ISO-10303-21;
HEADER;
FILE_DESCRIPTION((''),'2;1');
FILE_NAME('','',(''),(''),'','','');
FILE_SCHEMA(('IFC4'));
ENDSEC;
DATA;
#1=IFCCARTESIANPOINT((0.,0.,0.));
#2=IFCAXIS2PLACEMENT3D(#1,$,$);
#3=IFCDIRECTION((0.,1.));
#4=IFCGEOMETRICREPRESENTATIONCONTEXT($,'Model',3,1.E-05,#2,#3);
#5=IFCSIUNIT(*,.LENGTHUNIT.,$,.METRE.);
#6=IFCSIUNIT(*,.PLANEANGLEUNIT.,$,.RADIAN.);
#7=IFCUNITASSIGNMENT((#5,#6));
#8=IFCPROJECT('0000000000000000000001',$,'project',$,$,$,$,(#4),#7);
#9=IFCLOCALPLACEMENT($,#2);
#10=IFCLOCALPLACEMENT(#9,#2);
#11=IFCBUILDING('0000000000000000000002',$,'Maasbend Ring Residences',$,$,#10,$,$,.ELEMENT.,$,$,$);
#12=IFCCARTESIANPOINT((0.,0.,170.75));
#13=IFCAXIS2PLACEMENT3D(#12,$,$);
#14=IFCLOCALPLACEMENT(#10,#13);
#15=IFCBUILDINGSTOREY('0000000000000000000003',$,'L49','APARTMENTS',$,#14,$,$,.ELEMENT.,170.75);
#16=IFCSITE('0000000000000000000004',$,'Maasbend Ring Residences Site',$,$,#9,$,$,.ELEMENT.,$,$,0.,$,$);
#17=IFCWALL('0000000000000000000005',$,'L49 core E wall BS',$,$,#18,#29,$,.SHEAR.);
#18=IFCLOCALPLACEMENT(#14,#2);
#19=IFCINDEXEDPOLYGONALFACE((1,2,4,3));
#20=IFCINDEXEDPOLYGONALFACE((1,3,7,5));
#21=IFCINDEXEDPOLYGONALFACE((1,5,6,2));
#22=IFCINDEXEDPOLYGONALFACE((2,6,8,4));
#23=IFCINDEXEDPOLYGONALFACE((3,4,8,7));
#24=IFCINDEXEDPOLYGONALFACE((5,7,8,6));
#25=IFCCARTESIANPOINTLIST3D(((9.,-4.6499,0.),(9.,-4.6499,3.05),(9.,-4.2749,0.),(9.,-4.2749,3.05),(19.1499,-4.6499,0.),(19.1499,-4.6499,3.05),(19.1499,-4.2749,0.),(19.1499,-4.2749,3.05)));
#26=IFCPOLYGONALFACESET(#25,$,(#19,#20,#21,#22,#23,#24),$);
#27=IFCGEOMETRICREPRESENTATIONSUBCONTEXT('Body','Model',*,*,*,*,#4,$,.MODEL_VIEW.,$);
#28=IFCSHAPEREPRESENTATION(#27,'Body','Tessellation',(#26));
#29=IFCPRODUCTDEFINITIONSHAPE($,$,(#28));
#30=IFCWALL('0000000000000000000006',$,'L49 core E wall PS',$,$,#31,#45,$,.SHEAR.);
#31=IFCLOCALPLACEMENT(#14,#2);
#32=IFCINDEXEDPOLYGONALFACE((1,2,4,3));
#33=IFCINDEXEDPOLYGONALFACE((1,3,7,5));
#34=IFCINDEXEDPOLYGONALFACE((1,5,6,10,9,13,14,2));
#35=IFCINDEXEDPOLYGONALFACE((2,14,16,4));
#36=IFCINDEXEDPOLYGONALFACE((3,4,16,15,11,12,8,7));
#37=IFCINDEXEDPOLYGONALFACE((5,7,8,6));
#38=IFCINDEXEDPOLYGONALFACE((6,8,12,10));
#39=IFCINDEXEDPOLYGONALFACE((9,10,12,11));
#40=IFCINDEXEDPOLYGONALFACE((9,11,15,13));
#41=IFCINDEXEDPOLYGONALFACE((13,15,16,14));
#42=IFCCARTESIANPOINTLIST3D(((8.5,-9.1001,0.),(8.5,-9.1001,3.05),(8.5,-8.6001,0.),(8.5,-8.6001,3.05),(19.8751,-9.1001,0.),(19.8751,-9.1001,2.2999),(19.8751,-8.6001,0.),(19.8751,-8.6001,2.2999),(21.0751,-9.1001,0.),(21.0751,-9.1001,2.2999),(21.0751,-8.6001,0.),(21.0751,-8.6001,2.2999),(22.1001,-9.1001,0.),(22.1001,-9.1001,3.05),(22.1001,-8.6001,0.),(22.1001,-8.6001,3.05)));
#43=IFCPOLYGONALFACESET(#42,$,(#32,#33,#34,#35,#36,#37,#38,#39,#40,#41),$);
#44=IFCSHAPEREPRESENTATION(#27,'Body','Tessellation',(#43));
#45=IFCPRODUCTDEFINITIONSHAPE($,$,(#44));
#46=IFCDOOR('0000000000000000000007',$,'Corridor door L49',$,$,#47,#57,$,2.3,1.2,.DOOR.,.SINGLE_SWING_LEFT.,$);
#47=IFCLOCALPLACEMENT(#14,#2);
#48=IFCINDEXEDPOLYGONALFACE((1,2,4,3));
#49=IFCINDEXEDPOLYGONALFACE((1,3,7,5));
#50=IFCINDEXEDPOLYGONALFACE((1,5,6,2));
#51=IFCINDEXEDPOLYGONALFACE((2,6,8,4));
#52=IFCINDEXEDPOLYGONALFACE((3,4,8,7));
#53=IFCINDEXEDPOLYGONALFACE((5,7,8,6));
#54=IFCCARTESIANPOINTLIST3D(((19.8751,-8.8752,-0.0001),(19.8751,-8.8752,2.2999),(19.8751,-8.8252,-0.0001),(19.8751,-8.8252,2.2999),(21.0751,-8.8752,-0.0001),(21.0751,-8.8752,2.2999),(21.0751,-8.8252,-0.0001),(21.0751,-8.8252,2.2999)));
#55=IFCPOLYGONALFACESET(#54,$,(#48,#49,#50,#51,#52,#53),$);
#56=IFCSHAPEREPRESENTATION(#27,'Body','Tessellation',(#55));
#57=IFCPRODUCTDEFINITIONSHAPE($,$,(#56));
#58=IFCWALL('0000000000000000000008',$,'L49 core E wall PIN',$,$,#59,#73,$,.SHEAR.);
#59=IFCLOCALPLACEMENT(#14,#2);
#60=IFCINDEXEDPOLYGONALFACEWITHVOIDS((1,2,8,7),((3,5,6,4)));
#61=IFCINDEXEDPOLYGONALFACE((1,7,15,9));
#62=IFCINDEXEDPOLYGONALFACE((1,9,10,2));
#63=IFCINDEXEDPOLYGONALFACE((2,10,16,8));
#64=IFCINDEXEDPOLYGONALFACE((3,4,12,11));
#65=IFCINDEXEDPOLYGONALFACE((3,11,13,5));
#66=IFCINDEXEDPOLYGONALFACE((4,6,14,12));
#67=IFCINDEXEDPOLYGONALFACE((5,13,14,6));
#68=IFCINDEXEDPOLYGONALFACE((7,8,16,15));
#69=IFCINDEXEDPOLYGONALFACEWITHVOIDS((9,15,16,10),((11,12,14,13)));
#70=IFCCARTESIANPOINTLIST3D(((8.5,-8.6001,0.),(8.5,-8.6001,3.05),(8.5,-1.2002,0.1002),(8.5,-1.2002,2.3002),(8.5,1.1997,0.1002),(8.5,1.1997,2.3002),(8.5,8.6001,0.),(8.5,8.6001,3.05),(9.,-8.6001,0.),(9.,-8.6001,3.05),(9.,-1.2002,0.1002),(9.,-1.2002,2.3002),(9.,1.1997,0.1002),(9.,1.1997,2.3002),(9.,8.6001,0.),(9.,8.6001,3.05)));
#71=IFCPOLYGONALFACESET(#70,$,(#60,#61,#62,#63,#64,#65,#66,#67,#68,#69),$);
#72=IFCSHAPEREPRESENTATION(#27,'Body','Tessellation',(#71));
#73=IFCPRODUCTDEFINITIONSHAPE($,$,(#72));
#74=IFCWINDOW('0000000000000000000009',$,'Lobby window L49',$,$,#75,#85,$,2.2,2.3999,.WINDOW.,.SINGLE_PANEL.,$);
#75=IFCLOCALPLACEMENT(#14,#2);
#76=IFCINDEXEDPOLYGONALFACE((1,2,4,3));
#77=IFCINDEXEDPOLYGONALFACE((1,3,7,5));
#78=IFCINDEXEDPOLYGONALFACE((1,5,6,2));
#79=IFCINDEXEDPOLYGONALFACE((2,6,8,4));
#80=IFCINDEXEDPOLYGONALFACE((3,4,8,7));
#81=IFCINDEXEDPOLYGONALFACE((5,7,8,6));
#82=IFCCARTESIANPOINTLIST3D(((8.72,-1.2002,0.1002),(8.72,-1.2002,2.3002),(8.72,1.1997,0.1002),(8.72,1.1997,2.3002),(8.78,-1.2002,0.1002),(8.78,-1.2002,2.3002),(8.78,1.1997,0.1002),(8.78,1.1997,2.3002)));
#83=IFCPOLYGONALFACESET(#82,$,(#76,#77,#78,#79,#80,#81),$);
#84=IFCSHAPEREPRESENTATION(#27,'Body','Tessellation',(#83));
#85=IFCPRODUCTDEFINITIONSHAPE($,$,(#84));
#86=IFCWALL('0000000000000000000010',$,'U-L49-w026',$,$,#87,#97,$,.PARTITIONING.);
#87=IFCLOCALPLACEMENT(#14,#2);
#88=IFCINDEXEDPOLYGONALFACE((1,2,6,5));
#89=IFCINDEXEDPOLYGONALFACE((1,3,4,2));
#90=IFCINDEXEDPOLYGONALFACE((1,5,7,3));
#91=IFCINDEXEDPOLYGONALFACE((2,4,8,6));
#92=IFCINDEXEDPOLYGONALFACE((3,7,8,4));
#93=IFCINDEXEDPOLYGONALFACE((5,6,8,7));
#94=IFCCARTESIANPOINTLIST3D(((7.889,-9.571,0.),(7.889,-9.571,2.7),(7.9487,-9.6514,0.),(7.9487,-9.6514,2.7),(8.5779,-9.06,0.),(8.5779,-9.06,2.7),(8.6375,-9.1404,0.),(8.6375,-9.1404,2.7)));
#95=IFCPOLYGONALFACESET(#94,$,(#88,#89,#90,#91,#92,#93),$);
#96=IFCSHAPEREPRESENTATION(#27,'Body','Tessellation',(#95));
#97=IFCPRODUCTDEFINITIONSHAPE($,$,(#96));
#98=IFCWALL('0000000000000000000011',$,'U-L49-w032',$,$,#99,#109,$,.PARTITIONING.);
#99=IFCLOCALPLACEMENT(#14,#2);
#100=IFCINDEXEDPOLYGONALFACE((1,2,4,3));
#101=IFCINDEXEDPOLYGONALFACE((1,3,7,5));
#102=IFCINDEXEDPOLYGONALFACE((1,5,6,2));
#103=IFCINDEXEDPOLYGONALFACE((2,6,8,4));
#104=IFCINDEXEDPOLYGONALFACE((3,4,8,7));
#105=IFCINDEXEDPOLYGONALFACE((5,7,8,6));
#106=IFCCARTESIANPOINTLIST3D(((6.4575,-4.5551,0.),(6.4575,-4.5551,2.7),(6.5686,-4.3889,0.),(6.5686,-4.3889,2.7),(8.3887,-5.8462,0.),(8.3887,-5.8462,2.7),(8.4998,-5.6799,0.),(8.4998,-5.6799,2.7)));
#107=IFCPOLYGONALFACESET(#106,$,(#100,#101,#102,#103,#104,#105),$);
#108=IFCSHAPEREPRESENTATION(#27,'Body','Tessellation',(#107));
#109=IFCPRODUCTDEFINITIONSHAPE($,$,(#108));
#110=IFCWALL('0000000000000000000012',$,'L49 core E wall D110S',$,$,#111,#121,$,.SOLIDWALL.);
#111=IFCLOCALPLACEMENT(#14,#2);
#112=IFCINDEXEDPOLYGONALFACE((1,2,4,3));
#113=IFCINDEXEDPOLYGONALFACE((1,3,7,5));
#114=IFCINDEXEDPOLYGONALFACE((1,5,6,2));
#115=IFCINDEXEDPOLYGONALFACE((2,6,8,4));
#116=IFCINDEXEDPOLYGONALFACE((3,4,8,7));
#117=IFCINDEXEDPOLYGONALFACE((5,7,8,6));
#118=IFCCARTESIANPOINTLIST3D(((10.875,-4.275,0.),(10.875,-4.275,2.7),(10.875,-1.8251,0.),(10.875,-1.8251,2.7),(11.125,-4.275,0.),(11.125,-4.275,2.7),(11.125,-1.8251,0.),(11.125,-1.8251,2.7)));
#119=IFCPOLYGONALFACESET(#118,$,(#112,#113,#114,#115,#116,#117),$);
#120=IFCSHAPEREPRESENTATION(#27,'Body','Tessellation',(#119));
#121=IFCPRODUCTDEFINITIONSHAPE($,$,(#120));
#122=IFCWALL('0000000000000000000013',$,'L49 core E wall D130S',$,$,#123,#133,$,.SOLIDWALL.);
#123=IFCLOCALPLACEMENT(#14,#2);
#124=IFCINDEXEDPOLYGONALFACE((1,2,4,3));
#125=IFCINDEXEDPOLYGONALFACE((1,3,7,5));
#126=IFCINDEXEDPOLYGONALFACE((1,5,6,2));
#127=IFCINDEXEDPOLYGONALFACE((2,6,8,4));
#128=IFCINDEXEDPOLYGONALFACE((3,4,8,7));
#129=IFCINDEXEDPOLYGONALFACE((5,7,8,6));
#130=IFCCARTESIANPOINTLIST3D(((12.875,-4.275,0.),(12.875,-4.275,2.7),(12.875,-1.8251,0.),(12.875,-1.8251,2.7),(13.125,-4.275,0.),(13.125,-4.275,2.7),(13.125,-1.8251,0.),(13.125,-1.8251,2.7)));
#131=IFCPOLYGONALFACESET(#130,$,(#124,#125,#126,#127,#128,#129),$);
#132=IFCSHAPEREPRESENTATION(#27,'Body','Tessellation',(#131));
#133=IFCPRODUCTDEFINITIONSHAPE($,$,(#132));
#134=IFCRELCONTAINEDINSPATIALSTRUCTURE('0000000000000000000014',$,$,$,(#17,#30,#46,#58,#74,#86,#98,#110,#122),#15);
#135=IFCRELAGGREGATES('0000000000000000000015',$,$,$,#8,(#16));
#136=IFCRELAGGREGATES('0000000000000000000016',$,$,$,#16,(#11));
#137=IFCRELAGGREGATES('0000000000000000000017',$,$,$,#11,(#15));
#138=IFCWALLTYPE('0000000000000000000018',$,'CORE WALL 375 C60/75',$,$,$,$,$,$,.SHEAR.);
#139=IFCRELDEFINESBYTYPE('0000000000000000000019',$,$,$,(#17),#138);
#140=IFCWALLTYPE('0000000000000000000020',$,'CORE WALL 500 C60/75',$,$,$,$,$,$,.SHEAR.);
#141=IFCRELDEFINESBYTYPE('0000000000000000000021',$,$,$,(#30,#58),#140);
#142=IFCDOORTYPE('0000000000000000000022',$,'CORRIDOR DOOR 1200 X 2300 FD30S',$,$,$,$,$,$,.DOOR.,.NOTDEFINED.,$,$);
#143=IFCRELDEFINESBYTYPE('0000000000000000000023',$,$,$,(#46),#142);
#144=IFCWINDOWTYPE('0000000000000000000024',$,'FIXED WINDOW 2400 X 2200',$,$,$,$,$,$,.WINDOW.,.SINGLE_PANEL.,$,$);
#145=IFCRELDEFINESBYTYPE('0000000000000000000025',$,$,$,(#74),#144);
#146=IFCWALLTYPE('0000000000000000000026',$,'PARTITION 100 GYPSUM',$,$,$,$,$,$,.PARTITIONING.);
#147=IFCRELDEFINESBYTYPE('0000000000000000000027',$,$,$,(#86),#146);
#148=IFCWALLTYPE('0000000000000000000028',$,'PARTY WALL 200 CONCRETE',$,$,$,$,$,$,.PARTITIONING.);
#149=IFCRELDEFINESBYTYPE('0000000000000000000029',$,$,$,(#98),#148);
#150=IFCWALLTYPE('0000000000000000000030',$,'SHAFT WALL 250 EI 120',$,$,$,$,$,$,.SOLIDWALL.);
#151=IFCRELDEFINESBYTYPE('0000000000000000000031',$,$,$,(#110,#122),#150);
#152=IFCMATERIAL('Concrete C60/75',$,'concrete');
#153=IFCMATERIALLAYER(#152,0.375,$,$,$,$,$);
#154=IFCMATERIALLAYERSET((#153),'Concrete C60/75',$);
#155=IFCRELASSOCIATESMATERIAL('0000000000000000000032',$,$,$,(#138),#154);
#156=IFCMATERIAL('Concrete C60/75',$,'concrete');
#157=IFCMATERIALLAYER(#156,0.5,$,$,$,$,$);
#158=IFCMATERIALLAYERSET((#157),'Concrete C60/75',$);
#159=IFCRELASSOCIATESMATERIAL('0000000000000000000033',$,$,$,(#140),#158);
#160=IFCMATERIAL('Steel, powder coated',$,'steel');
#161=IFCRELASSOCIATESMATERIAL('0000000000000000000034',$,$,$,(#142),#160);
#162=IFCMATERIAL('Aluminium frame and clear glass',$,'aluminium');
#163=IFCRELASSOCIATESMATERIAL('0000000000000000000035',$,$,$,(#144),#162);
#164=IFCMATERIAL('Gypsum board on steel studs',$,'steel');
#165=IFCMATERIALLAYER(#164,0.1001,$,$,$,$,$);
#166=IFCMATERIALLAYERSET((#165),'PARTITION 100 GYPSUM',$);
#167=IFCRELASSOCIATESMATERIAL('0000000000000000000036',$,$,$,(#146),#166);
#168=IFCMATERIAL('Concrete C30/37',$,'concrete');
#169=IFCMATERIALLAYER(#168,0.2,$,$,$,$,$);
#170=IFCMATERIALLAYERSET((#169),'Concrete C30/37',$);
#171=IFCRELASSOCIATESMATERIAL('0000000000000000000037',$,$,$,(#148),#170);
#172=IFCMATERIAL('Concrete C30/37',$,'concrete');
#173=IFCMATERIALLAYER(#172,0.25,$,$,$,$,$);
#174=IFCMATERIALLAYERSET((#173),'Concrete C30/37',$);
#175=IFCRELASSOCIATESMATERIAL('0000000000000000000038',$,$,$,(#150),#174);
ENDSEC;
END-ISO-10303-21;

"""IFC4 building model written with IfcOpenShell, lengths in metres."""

from ifc_helpers import new_model, si_unit, direction, frame, frame_2d, origin, place, context, subcontext, project, spatial, rectangle, extrude, material, layer, layer_set, type_object, element, fill, save


model = new_model("IFC4")

# Units and contexts
model_context = context("Model", 3, precision=1e-05, world=origin(), true_north=direction((0.0, 1.0)))
body_context = subcontext(model_context, "Body", "Model", "MODEL_VIEW")
ifc_project = project(units=[si_unit("LENGTHUNIT", "METRE"), si_unit("PLANEANGLEUNIT", "RADIAN")], contexts=[model_context])

# Site, building, storey
site_placement = place(None, origin())
site = spatial("IfcSite", under=ifc_project, at=site_placement, Name="Maasbend Ring Residences Site", CompositionType="ELEMENT", RefElevation=0.0)
building_placement = place(site_placement, origin())
building = spatial("IfcBuilding", under=site, at=building_placement, Name="Maasbend Ring Residences", CompositionType="ELEMENT")
storey_placement = place(building_placement, frame((0.0, 0.0, 170.75)))
storey = spatial("IfcBuildingStorey", under=building, at=storey_placement, Name="L49", Description="APARTMENTS", CompositionType="ELEMENT", Elevation=170.75)

# Wall
ifc_material_1 = material(Name="Concrete C60/75", Category="concrete")
ifc_layer_1 = layer(ifc_material_1, 0.375)
ifc_layer_set_1 = layer_set([ifc_layer_1], Name="Concrete C60/75")
wall_type_1 = type_object("IfcWallType", Name="CORE WALL 375 C60/75", PredefinedType="SHEAR", material=ifc_layer_set_1)
wall_1_placement = place(storey_placement, frame((9.0, -4.4624, 0.0), z_axis=(0.0, 0.0, 1.0), x_axis=(1.0, 0.0, 0.0)))
element("IfcWall", 1, at=wall_1_placement, inside=storey, type_object=wall_type_1, Name="L49 core E wall BS", PredefinedType="SHEAR", context=body_context, shape_type="SweptSolid", body=[
    extrude(rectangle(XDim=10.1499, YDim=0.375, at=frame_2d((5.075, 0.0))), origin(), (0.0, 0.0, 1.0), 3.05),
])

# Wall, opening, door
ifc_material_2 = material(Name="Concrete C60/75", Category="concrete")
ifc_layer_2 = layer(ifc_material_2, 0.5)
ifc_layer_set_2 = layer_set([ifc_layer_2], Name="Concrete C60/75")
wall_type_2 = type_object("IfcWallType", Name="CORE WALL 500 C60/75", PredefinedType="SHEAR", material=ifc_layer_set_2)
wall_2_placement = place(storey_placement, frame((8.5, -8.8501, 0.0), z_axis=(0.0, 0.0, 1.0), x_axis=(1.0, 0.0, 0.0)))
wall_2 = element("IfcWall", 2, at=wall_2_placement, inside=storey, type_object=wall_type_2, Name="L49 core E wall PS", PredefinedType="SHEAR", context=body_context, shape_type="SweptSolid", body=[
    extrude(rectangle(XDim=13.6001, YDim=0.5, at=frame_2d((6.8, 0.0))), origin(), (0.0, 0.0, 1.0), 3.05),
])
opening_1_placement = place(wall_2_placement, frame((11.375, 0.0, 0.0)))
opening_1 = element("IfcOpeningElement", 3, at=opening_1_placement, cuts=wall_2, PredefinedType="OPENING", context=body_context, shape_type="SweptSolid", body=[
    extrude(rectangle(XDim=1.2, YDim=2.3, at=frame_2d((0.6001, 1.1499))), frame((0.0, 0.26, 0.0), z_axis=(0.0, -1.0, 0.0), x_axis=(1.0, 0.0, 0.0)), (0.0, 0.0, 1.0), 0.52),
])
ifc_material_3 = material(Name="Steel, powder coated", Category="steel")
door_type = type_object("IfcDoorType", Name="CORRIDOR DOOR 1200 X 2300 FD30S", OperationType="NOTDEFINED", PredefinedType="DOOR", material=ifc_material_3)
door_placement = place(opening_1_placement, origin())
door = element("IfcDoor", 4, at=door_placement, inside=storey, type_object=door_type, Name="Corridor door L49", OperationType="SINGLE_SWING_LEFT", OverallHeight=2.3, OverallWidth=1.2, PredefinedType="DOOR", context=body_context, shape_type="SweptSolid", body=[
    extrude(rectangle(XDim=1.2, YDim=2.3, at=frame_2d((0.6001, 1.1499))), frame((0.0, 0.0249, 0.0), z_axis=(0.0, -1.0, 0.0), x_axis=(1.0, 0.0, 0.0)), (0.0, 0.0, 1.0), 0.05),
])
fill(opening_1, door)

# Wall, opening, window
wall_3_placement = place(storey_placement, frame((8.75, -8.6001, 0.0), z_axis=(0.0, 0.0, 1.0), x_axis=(0.0, 1.0, 0.0)))
wall_3 = element("IfcWall", 5, at=wall_3_placement, inside=storey, type_object=wall_type_2, Name="L49 core E wall PIN", PredefinedType="SHEAR", context=body_context, shape_type="SweptSolid", body=[
    extrude(rectangle(XDim=17.2002, YDim=0.5, at=frame_2d((8.6001, 0.0))), origin(), (0.0, 0.0, 1.0), 3.05),
])
opening_2_placement = place(wall_3_placement, frame((7.3999, 0.0, 0.1001)))
opening_2 = element("IfcOpeningElement", 6, at=opening_2_placement, cuts=wall_3, PredefinedType="OPENING", context=body_context, shape_type="SweptSolid", body=[
    extrude(rectangle(XDim=2.3999, YDim=2.2, at=frame_2d((1.2, 1.1001))), frame((0.0, 0.26, 0.0), z_axis=(0.0, -1.0, 0.0), x_axis=(1.0, 0.0, 0.0)), (0.0, 0.0, 1.0), 0.52),
])
ifc_material_4 = material(Name="Aluminium frame and clear glass", Category="aluminium")
window_type = type_object("IfcWindowType", Name="FIXED WINDOW 2400 X 2200", PartitioningType="SINGLE_PANEL", PredefinedType="WINDOW", material=ifc_material_4)
window_placement = place(opening_2_placement, origin())
window = element("IfcWindow", 7, at=window_placement, inside=storey, type_object=window_type, Name="Lobby window L49", OverallHeight=2.2, OverallWidth=2.3999, PartitioningType="SINGLE_PANEL", PredefinedType="WINDOW", context=body_context, shape_type="SweptSolid", body=[
    extrude(rectangle(XDim=2.3999, YDim=2.2, at=frame_2d((1.2, 1.1001))), frame((0.0, 0.03, 0.0), z_axis=(0.0, -1.0, 0.0), x_axis=(1.0, 0.0, 0.0)), (0.0, 0.0, 1.0), 0.0601),
])
fill(opening_2, window)

# Walls
ifc_material_5 = material(Name="Gypsum board on steel studs", Category="steel")
ifc_layer_3 = layer(ifc_material_5, 0.1001)
ifc_layer_set_3 = layer_set([ifc_layer_3], Name="PARTITION 100 GYPSUM")
wall_type_3 = type_object("IfcWallType", Name="PARTITION 100 GYPSUM", PredefinedType="PARTITIONING", material=ifc_layer_set_3)
wall_4_placement = place(storey_placement, frame((7.9189, -9.6111, 0.0), z_axis=(0.0, 0.0, 1.0), x_axis=(0.803199, 0.595711, 0.0)))
element("IfcWall", 8, at=wall_4_placement, inside=storey, type_object=wall_type_3, Name="U-L49-w026", PredefinedType="PARTITIONING", context=body_context, shape_type="SweptSolid", body=[
    extrude(rectangle(XDim=0.8577, YDim=0.1001, at=frame_2d((0.4287, 0.0))), origin(), (0.0, 0.0, 1.0), 2.7),
])
ifc_material_6 = material(Name="Concrete C30/37", Category="concrete")
ifc_layer_4 = layer(ifc_material_6, 0.2)
ifc_layer_set_4 = layer_set([ifc_layer_4], Name="Concrete C30/37")
wall_type_4 = type_object("IfcWallType", Name="PARTY WALL 200 CONCRETE", PredefinedType="PARTITIONING", material=ifc_layer_set_4)
wall_5_placement = place(storey_placement, frame((6.5129, -4.4719, 0.0), z_axis=(0.0, 0.0, 1.0), x_axis=(0.831338, -0.555767, 0.0)))
element("IfcWall", 9, at=wall_5_placement, inside=storey, type_object=wall_type_4, Name="U-L49-w032", PredefinedType="PARTITIONING", context=body_context, shape_type="SweptSolid", body=[
    extrude(rectangle(XDim=2.323, YDim=0.2, at=frame_2d((1.1616, 0.0))), origin(), (0.0, 0.0, 1.0), 2.7),
])
ifc_material_7 = material(Name="Concrete C30/37", Category="concrete")
ifc_layer_5 = layer(ifc_material_7, 0.25)
ifc_layer_set_5 = layer_set([ifc_layer_5], Name="Concrete C30/37")
wall_type_5 = type_object("IfcWallType", Name="SHAFT WALL 250 EI 120", PredefinedType="SOLIDWALL", material=ifc_layer_set_5)
for number, where, z_axis, x_axis, name in (
    (10, (11.0, -1.825, 0.0), (0.0, 0.0, 1.0), (0.0, -1.0, 0.0), "L49 core E wall D110S"),
    (11, (13.0, -1.825, 0.0), (0.0, 0.0, 1.0), (0.0, -1.0, 0.0), "L49 core E wall D130S"),
):
    element("IfcWall", number, at=place(storey_placement, frame(where, z_axis=z_axis, x_axis=x_axis)), inside=storey, type_object=wall_type_5, Name=name, PredefinedType="SOLIDWALL", context=body_context, shape_type="SweptSolid", body=[
        extrude(rectangle(XDim=2.45, YDim=0.25, at=frame_2d((1.2251, 0.0))), origin(), (0.0, 0.0, 1.0), 2.7),
    ])

save(model, "model.ifc")
